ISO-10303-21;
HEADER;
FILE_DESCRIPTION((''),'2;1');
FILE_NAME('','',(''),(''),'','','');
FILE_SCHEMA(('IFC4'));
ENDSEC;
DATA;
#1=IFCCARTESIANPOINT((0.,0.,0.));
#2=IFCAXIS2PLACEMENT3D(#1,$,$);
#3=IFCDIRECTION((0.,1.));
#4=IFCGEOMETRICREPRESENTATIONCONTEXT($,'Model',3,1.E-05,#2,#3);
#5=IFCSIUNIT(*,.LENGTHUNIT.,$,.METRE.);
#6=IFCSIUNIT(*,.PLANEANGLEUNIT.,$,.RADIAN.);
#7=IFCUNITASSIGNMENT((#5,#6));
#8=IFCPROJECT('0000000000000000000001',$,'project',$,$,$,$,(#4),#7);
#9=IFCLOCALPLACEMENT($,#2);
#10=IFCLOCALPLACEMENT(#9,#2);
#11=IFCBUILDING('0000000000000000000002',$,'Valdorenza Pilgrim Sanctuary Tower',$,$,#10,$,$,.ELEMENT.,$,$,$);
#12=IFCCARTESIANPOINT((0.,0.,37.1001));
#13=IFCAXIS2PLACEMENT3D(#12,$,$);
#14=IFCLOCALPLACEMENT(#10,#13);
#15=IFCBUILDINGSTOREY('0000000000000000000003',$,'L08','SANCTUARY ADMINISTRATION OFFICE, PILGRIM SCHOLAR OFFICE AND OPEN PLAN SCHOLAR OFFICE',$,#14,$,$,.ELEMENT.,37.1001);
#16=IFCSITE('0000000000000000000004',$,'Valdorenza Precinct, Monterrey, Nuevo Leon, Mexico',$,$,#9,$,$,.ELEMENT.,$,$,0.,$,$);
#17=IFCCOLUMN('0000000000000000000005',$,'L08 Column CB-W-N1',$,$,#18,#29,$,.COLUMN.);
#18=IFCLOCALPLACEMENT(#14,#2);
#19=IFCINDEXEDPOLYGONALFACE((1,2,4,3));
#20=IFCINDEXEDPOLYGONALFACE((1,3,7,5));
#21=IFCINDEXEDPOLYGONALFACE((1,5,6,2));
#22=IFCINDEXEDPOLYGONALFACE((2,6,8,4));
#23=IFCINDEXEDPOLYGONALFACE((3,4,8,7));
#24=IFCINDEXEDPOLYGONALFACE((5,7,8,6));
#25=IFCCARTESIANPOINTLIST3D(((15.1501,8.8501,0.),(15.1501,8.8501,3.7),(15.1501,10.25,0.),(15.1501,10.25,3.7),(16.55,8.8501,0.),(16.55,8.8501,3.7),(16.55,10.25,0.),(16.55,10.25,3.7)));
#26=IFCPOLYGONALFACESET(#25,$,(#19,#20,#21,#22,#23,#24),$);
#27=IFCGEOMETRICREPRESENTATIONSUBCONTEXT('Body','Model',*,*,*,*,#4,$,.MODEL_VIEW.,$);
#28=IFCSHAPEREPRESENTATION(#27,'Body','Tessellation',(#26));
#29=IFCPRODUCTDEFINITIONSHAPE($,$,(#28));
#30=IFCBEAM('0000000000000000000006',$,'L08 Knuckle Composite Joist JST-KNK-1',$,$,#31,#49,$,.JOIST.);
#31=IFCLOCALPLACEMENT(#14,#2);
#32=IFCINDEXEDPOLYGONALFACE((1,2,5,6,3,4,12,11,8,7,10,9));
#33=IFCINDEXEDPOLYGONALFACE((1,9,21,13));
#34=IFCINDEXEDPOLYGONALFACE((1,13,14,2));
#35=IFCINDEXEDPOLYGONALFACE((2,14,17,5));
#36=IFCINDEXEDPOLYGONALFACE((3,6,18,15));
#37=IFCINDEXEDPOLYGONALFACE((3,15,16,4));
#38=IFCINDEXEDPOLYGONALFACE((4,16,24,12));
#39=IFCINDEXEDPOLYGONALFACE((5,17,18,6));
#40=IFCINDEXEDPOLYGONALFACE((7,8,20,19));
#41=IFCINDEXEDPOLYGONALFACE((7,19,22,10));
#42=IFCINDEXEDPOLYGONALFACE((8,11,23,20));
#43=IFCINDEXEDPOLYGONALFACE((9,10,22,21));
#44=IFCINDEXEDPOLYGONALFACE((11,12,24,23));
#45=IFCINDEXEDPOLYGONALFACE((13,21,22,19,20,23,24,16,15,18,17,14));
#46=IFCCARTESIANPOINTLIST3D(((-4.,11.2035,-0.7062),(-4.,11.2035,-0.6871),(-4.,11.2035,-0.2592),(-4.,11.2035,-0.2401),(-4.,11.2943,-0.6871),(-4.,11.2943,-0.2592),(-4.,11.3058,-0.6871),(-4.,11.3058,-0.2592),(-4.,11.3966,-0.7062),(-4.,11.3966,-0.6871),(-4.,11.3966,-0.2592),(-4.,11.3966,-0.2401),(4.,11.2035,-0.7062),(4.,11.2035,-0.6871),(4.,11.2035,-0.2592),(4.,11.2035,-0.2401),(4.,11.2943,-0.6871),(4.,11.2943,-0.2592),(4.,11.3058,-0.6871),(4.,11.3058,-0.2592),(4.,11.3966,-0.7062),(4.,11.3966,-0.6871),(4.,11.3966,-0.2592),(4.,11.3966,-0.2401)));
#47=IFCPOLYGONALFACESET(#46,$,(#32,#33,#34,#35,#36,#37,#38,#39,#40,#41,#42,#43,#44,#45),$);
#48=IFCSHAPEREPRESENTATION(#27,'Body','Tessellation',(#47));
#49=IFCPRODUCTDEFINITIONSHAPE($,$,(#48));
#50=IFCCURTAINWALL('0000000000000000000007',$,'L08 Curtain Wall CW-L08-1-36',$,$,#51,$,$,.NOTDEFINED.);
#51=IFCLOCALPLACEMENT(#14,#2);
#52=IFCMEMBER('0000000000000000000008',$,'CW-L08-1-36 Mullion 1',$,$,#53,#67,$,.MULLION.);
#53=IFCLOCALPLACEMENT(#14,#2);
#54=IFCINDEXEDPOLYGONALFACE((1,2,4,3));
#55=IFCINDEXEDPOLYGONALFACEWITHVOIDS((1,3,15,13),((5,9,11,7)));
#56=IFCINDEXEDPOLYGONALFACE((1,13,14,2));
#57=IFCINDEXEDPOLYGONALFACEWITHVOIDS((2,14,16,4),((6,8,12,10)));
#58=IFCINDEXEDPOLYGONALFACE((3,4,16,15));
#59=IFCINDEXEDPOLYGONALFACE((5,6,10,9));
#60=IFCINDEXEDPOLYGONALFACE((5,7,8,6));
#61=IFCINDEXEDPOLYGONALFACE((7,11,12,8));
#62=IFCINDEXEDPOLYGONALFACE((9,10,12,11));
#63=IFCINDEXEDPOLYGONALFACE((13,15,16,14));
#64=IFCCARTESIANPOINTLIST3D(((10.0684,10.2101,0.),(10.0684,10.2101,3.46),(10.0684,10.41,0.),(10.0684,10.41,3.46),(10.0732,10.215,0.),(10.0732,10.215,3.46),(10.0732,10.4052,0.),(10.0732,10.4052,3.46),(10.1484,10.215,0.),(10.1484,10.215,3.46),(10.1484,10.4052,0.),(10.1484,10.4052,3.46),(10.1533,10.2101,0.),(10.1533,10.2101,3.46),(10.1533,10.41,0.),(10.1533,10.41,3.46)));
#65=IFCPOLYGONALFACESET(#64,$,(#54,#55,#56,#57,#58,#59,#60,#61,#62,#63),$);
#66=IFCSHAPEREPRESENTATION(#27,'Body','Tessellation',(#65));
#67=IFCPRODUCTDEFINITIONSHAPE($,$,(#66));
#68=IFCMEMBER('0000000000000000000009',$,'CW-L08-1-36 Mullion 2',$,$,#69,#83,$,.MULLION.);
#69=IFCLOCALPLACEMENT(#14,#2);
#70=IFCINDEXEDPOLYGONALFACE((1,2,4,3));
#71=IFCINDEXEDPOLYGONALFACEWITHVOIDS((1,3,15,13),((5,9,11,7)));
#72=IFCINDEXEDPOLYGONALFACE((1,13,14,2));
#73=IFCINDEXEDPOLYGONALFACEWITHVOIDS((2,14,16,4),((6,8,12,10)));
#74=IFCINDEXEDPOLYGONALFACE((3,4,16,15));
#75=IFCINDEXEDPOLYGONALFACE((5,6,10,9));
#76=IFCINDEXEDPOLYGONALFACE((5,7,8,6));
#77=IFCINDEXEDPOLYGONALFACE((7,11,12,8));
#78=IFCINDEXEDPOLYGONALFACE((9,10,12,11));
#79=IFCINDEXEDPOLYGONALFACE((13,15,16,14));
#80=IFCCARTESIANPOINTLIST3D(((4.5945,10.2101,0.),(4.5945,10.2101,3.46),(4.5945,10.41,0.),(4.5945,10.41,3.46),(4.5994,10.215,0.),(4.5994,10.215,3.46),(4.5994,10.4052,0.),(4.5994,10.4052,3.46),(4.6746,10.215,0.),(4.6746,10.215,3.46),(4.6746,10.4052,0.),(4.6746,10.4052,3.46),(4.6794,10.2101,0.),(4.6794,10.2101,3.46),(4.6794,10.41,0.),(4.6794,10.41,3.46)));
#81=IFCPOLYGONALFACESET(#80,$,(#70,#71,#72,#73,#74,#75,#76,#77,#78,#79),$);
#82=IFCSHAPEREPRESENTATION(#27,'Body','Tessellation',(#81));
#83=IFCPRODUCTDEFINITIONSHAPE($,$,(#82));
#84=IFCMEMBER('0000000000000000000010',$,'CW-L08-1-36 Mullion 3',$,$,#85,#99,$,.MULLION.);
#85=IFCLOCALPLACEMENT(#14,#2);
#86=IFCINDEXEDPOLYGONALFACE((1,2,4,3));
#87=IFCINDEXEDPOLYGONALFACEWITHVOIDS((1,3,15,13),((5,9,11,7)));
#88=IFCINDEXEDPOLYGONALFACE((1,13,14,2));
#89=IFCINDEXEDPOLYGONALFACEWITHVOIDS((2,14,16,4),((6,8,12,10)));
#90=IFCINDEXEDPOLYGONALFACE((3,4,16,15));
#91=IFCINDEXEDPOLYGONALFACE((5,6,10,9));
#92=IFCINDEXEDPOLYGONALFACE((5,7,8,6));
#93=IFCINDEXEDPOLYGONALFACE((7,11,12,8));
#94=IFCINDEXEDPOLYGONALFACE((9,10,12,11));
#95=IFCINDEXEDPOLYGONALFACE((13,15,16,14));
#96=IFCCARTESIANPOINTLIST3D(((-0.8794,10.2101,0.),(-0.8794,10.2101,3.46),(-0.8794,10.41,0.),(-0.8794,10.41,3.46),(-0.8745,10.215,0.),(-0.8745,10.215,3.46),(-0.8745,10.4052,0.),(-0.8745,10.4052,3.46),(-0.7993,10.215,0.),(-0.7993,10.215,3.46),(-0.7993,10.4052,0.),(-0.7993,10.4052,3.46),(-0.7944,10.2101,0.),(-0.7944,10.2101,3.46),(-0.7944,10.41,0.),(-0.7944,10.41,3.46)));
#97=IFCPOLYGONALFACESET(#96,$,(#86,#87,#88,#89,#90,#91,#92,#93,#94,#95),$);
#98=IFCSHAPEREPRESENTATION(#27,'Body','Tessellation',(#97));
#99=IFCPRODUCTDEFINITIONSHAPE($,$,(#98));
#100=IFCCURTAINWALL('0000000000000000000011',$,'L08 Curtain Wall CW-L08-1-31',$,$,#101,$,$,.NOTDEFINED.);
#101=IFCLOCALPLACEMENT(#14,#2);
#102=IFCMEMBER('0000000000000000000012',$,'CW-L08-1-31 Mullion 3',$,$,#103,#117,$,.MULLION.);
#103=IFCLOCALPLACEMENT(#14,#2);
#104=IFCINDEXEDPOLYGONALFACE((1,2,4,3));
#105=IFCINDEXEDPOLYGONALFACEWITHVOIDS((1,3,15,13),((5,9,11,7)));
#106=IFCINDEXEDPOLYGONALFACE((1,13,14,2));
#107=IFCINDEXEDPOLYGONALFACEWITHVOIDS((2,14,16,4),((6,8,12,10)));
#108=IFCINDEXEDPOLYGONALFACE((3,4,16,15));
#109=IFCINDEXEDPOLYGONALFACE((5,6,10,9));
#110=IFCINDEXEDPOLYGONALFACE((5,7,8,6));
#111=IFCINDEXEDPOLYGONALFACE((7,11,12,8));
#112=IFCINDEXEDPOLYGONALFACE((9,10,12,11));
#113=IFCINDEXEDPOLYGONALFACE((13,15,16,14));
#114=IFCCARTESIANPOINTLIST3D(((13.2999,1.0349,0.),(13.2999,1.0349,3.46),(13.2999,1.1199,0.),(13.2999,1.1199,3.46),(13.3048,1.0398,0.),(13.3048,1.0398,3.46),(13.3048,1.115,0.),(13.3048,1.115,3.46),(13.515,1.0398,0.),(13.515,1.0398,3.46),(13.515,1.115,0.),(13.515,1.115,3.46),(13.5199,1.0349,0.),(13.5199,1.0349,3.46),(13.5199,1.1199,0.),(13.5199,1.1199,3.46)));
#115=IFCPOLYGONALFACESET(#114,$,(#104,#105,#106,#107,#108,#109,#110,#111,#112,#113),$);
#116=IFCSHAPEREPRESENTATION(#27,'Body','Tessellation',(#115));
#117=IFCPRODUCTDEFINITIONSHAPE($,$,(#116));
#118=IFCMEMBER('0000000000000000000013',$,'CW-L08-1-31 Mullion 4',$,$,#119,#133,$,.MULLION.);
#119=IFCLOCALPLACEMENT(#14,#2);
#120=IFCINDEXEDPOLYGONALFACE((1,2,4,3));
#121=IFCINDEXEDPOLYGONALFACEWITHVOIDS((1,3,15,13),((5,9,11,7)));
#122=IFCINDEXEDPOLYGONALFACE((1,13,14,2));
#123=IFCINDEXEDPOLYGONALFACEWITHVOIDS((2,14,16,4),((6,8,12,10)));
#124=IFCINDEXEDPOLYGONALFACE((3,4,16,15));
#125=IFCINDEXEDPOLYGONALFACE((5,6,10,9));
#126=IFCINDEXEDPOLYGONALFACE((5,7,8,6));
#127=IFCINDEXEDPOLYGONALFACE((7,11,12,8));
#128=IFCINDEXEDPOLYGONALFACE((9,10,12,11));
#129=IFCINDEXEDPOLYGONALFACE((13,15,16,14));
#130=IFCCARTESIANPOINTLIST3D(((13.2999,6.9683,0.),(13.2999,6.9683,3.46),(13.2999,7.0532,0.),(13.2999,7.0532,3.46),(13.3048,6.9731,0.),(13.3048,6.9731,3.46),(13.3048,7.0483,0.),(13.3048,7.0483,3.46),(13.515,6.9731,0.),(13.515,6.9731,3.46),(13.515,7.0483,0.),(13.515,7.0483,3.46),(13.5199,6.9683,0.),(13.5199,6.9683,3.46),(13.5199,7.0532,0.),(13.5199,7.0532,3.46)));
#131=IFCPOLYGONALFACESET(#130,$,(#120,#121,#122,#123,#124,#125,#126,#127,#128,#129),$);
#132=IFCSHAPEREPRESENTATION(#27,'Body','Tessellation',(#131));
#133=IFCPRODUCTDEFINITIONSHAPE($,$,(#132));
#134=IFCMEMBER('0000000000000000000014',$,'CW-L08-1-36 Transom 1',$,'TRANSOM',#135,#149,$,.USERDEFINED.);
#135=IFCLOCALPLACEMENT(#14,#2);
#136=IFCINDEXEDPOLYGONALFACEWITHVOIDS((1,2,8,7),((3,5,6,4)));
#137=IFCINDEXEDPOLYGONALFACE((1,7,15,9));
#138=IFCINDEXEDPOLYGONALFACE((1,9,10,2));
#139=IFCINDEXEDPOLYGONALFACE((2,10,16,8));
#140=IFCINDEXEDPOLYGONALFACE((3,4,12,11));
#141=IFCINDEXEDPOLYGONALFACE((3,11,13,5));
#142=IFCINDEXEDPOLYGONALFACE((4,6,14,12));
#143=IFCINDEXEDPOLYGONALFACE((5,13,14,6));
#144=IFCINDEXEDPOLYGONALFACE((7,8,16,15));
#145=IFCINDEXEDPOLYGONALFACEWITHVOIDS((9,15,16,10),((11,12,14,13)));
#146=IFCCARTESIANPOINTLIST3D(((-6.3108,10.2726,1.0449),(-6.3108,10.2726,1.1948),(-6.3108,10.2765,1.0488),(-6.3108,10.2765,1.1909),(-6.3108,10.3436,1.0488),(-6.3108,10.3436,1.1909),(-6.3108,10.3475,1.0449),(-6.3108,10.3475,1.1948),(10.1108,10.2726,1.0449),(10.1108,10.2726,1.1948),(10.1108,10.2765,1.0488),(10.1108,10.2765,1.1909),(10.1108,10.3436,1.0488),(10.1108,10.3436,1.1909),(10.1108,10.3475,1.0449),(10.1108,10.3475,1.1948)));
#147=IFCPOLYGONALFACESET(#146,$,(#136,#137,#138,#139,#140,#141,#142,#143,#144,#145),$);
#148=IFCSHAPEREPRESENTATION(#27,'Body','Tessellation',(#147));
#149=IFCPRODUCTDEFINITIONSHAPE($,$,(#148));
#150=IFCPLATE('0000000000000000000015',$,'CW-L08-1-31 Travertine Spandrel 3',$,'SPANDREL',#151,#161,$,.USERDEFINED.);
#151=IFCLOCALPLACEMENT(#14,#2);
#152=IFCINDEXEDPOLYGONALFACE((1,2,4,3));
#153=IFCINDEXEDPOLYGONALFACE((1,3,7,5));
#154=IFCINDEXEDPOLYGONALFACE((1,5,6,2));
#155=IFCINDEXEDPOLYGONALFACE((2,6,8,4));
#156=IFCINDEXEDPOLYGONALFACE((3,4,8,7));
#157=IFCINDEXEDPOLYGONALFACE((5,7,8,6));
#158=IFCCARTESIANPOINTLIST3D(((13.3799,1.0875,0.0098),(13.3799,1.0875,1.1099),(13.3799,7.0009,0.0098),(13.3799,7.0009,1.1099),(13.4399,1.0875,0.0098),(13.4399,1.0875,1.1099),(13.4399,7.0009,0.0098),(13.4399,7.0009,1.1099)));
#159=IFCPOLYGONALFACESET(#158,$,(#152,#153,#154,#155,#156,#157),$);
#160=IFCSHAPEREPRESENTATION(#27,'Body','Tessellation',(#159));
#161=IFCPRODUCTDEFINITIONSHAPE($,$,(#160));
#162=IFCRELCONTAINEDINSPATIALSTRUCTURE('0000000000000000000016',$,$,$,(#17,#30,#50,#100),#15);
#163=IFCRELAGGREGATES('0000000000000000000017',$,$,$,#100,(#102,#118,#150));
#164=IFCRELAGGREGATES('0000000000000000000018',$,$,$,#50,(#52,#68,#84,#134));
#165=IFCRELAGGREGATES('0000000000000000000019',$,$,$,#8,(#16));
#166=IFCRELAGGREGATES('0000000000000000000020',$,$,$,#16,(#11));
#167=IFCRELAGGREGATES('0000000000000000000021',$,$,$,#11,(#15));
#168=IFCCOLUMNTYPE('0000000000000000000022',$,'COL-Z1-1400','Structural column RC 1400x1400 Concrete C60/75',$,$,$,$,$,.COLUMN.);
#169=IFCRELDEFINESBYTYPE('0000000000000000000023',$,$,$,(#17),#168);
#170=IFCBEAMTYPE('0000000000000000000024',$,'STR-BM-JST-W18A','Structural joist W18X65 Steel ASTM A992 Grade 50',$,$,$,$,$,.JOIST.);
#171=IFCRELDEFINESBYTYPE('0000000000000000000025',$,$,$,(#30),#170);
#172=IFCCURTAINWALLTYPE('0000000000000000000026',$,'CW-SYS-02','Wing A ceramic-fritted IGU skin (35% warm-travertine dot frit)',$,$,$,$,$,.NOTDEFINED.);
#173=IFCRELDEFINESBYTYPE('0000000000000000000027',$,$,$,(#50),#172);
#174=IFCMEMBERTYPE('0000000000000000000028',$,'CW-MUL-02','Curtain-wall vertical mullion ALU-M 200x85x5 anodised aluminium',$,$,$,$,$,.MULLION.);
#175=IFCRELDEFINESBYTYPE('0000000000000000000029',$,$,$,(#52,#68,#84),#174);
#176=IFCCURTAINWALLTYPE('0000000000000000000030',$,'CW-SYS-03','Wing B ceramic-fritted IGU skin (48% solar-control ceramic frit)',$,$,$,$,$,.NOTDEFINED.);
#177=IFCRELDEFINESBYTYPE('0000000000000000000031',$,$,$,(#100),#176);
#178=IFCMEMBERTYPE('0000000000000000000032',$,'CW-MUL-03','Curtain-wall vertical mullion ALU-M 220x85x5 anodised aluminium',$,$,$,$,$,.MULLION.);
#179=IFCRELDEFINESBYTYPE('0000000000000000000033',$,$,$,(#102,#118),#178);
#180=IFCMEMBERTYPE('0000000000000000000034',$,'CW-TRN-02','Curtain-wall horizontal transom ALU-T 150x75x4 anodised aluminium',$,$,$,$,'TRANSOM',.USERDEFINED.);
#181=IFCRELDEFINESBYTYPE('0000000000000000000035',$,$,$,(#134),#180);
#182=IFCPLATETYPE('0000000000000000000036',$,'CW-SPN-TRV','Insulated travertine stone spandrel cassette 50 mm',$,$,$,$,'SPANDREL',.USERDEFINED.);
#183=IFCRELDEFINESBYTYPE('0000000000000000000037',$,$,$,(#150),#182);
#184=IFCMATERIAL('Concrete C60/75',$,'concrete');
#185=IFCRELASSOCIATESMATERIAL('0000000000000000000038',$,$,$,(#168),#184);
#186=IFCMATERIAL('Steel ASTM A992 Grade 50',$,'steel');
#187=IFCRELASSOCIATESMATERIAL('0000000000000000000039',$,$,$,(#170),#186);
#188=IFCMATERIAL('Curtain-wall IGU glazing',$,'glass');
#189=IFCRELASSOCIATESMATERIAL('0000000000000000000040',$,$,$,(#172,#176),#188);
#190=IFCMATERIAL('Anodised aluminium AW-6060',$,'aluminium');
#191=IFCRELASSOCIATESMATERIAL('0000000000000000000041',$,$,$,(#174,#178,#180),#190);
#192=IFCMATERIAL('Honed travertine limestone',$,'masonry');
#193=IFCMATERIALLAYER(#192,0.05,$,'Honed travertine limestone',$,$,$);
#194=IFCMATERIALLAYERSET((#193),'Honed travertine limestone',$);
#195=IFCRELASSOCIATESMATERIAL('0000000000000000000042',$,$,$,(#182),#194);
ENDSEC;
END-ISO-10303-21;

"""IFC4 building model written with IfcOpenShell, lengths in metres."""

from ifc_helpers import new_model, si_unit, direction, frame, origin, origin_2d, place, context, subcontext, project, spatial, rectangle, hollow_rectangle, i_section, extrude, source, transform, mapped, material, layer, layer_set, material_profile, profile_set, type_object, element, aggregate, save


model = new_model("IFC4")

# Units and contexts
model_context = context("Model", 3, precision=1e-05, world=origin(), true_north=direction((0.0, 1.0)))
body_context = subcontext(model_context, "Body", "Model", "MODEL_VIEW")
ifc_project = project(units=[si_unit("LENGTHUNIT", "METRE"), si_unit("PLANEANGLEUNIT", "RADIAN")], contexts=[model_context])

# Site, building, storey
site_placement = place(None, origin())
site = spatial("IfcSite", under=ifc_project, at=site_placement, Name="Valdorenza Precinct, Monterrey, Nuevo Leon, Mexico", CompositionType="ELEMENT", RefElevation=0.0)
building_placement = place(site_placement, origin())
building = spatial("IfcBuilding", under=site, at=building_placement, Name="Valdorenza Pilgrim Sanctuary Tower", CompositionType="ELEMENT")
storey_placement = place(building_placement, frame((0.0, 0.0, 37.1001)))
storey = spatial("IfcBuildingStorey", under=building, at=storey_placement, Name="L08", Description="SANCTUARY ADMINISTRATION OFFICE, PILGRIM SCHOLAR OFFICE AND OPEN PLAN SCHOLAR OFFICE", CompositionType="ELEMENT", Elevation=37.1001)

# Column
ifc_material_1 = material(Name="Concrete C60/75", Category="concrete")
ifc_material_profile_1 = material_profile(ifc_material_1, rectangle(XDim=1.3999, YDim=1.3999, at=origin_2d()), Name="RC 1400x1400")
ifc_profile_set_1 = profile_set([ifc_material_profile_1], Name="Concrete C60/75")
column_type = type_object("IfcColumnType", Name="COL-Z1-1400", Description="Structural column RC 1400x1400 Concrete C60/75", PredefinedType="COLUMN", material=ifc_profile_set_1)
shared_shape_1 = source(origin(), body_context, "Body", "SweptSolid", [
    extrude(rectangle(XDim=1.3999, YDim=1.3999, at=origin_2d()), origin(), (0.0, 0.0, 1.0), 3.7),
])
column_placement = place(storey_placement, frame((15.8501, 9.55, 0.0), z_axis=(0.0, 0.0, 1.0), x_axis=(1.0, 0.0, 0.0)))
element("IfcColumn", 1, at=column_placement, inside=storey, type_object=column_type, Name="L08 Column CB-W-N1", PredefinedType="COLUMN", context=body_context, shape_type="MappedRepresentation", body=[
    mapped(shared_shape_1, transform((0.0, 0.0, 0.0), x_axis=(1.0, 0.0, 0.0), y_axis=(0.0, 1.0, 0.0), z_axis=(0.0, 0.0, 1.0), scale=1.0)),
])

# Beam
ifc_material_2 = material(Name="Steel ASTM A992 Grade 50", Category="steel")
ifc_material_profile_2 = material_profile(ifc_material_2, i_section(OverallWidth=0.1931, OverallDepth=0.4661, WebThickness=0.0115, FlangeThickness=0.019, at=origin_2d()), Name="W18X65")
ifc_profile_set_2 = profile_set([ifc_material_profile_2], Name="Steel ASTM A992 Grade 50")
beam_type = type_object("IfcBeamType", Name="STR-BM-JST-W18A", Description="Structural joist W18X65 Steel ASTM A992 Grade 50", PredefinedType="JOIST", material=ifc_profile_set_2)
shared_shape_2 = source(origin(), body_context, "Body", "SweptSolid", [
    extrude(i_section(OverallWidth=0.1931, OverallDepth=0.4661, WebThickness=0.0115, FlangeThickness=0.019, at=origin_2d()), origin(), (0.0, 0.0, 1.0), 8.0),
])
beam_placement = place(storey_placement, frame((-4.0, 11.3, -0.4731), z_axis=(1.0, 0.0, 0.0), x_axis=(0.0, 1.0, 0.0)))
element("IfcBeam", 2, at=beam_placement, inside=storey, type_object=beam_type, Name="L08 Knuckle Composite Joist JST-KNK-1", PredefinedType="JOIST", context=body_context, shape_type="MappedRepresentation", body=[
    mapped(shared_shape_2, transform((0.0, 0.0, 0.0), x_axis=(1.0, 0.0, 0.0), y_axis=(0.0, 1.0, 0.0), z_axis=(0.0, 0.0, 1.0), scale=1.0)),
])

# Curtain walls, members
ifc_material_3 = material(Name="Curtain-wall IGU glazing", Category="glass")
curtain_wall_type_1 = type_object("IfcCurtainWallType", Name="CW-SYS-02", Description="Wing A ceramic-fritted IGU skin (35% warm-travertine dot frit)", PredefinedType="NOTDEFINED", material=ifc_material_3)
curtain_wall_1_placement = place(storey_placement, origin())
curtain_wall_1 = element("IfcCurtainWall", 3, at=curtain_wall_1_placement, inside=storey, type_object=curtain_wall_type_1, Name="L08 Curtain Wall CW-L08-1-36", PredefinedType="NOTDEFINED")
ifc_material_4 = material(Name="Anodised aluminium AW-6060", Category="aluminium")
ifc_material_profile_3 = material_profile(ifc_material_4, hollow_rectangle(XDim=0.085, YDim=0.2, WallThickness=0.0049, at=origin_2d()), Name="ALU-M 200x85x5")
ifc_profile_set_3 = profile_set([ifc_material_profile_3], Name="Anodised aluminium AW-6060")
member_type_1 = type_object("IfcMemberType", Name="CW-MUL-02", Description="Curtain-wall vertical mullion ALU-M 200x85x5 anodised aluminium", PredefinedType="MULLION", material=ifc_profile_set_3)
shared_shape_3 = source(origin(), body_context, "Body", "SweptSolid", [
    extrude(hollow_rectangle(XDim=0.085, YDim=0.2, WallThickness=0.0049, at=origin_2d()), origin(), (0.0, 0.0, 1.0), 3.46),
])
member_1_placement = place(storey_placement, frame((10.1108, 10.3101, 0.0), z_axis=(0.0, 0.0, 1.0), x_axis=(-1.0, 0.0, 0.0)))
member_1 = element("IfcMember", 4, at=member_1_placement, type_object=member_type_1, Name="CW-L08-1-36 Mullion 1", PredefinedType="MULLION", context=body_context, shape_type="MappedRepresentation", body=[
    mapped(shared_shape_3, transform((0.0, 0.0, 0.0), x_axis=(1.0, 0.0, 0.0), y_axis=(0.0, 1.0, 0.0), z_axis=(0.0, 0.0, 1.0), scale=1.0)),
])
member_2_placement = place(storey_placement, frame((4.637, 10.3101, 0.0), z_axis=(0.0, 0.0, 1.0), x_axis=(-1.0, 0.0, 0.0)))
member_2 = element("IfcMember", 5, at=member_2_placement, type_object=member_type_1, Name="CW-L08-1-36 Mullion 2", PredefinedType="MULLION", context=body_context, shape_type="MappedRepresentation", body=[
    mapped(shared_shape_3, transform((0.0, 0.0, 0.0), x_axis=(1.0, 0.0, 0.0), y_axis=(0.0, 1.0, 0.0), z_axis=(0.0, 0.0, 1.0), scale=1.0)),
])
member_3_placement = place(storey_placement, frame((-0.8369, 10.3101, 0.0), z_axis=(0.0, 0.0, 1.0), x_axis=(-1.0, 0.0, 0.0)))
member_3 = element("IfcMember", 6, at=member_3_placement, type_object=member_type_1, Name="CW-L08-1-36 Mullion 3", PredefinedType="MULLION", context=body_context, shape_type="MappedRepresentation", body=[
    mapped(shared_shape_3, transform((0.0, 0.0, 0.0), x_axis=(1.0, 0.0, 0.0), y_axis=(0.0, 1.0, 0.0), z_axis=(0.0, 0.0, 1.0), scale=1.0)),
])
curtain_wall_type_2 = type_object("IfcCurtainWallType", Name="CW-SYS-03", Description="Wing B ceramic-fritted IGU skin (48% solar-control ceramic frit)", PredefinedType="NOTDEFINED", material=ifc_material_3)
curtain_wall_2_placement = place(storey_placement, origin())
curtain_wall_2 = element("IfcCurtainWall", 7, at=curtain_wall_2_placement, inside=storey, type_object=curtain_wall_type_2, Name="L08 Curtain Wall CW-L08-1-31", PredefinedType="NOTDEFINED")
ifc_material_profile_4 = material_profile(ifc_material_4, hollow_rectangle(XDim=0.085, YDim=0.22, WallThickness=0.0049, at=origin_2d()), Name="ALU-M 220x85x5")
ifc_profile_set_4 = profile_set([ifc_material_profile_4], Name="Anodised aluminium AW-6060")
member_type_2 = type_object("IfcMemberType", Name="CW-MUL-03", Description="Curtain-wall vertical mullion ALU-M 220x85x5 anodised aluminium", PredefinedType="MULLION", material=ifc_profile_set_4)
shared_shape_4 = source(origin(), body_context, "Body", "SweptSolid", [
    extrude(hollow_rectangle(XDim=0.085, YDim=0.22, WallThickness=0.0049, at=origin_2d()), origin(), (0.0, 0.0, 1.0), 3.46),
])
member_4_placement = place(storey_placement, frame((13.4099, 1.0774, 0.0), z_axis=(0.0, 0.0, 1.0), x_axis=(0.0, 1.0, 0.0)))
member_4 = element("IfcMember", 8, at=member_4_placement, type_object=member_type_2, Name="CW-L08-1-31 Mullion 3", PredefinedType="MULLION", context=body_context, shape_type="MappedRepresentation", body=[
    mapped(shared_shape_4, transform((0.0, 0.0, 0.0), x_axis=(1.0, 0.0, 0.0), y_axis=(0.0, 1.0, 0.0), z_axis=(0.0, 0.0, 1.0), scale=1.0)),
])
member_5_placement = place(storey_placement, frame((13.4099, 7.0107, 0.0), z_axis=(0.0, 0.0, 1.0), x_axis=(0.0, 1.0, 0.0)))
member_5 = element("IfcMember", 9, at=member_5_placement, type_object=member_type_2, Name="CW-L08-1-31 Mullion 4", PredefinedType="MULLION", context=body_context, shape_type="MappedRepresentation", body=[
    mapped(shared_shape_4, transform((0.0, 0.0, 0.0), x_axis=(1.0, 0.0, 0.0), y_axis=(0.0, 1.0, 0.0), z_axis=(0.0, 0.0, 1.0), scale=1.0)),
])

# Member
ifc_material_profile_5 = material_profile(ifc_material_4, hollow_rectangle(XDim=0.075, YDim=0.1499, WallThickness=0.0039, at=origin_2d()), Name="ALU-T 150x75x4")
ifc_profile_set_5 = profile_set([ifc_material_profile_5], Name="Anodised aluminium AW-6060")
member_type_3 = type_object("IfcMemberType", Name="CW-TRN-02", Description="Curtain-wall horizontal transom ALU-T 150x75x4 anodised aluminium", ElementType="TRANSOM", PredefinedType="USERDEFINED", material=ifc_profile_set_5)
shared_shape_5 = source(origin(), body_context, "Body", "SweptSolid", [
    extrude(hollow_rectangle(XDim=0.075, YDim=0.1499, WallThickness=0.0039, at=origin_2d()), origin(), (0.0, 0.0, 1.0), 16.4216),
])
member_6_placement = place(storey_placement, frame((10.1108, 10.3101, 1.1199), z_axis=(-1.0, 0.0, 0.0), x_axis=(0.0, -1.0, 0.0)))
member_6 = element("IfcMember", 10, at=member_6_placement, type_object=member_type_3, Name="CW-L08-1-36 Transom 1", ObjectType="TRANSOM", PredefinedType="USERDEFINED", context=body_context, shape_type="MappedRepresentation", body=[
    mapped(shared_shape_5, transform((0.0, 0.0, 0.0), x_axis=(1.0, 0.0, 0.0), y_axis=(0.0, 1.0, 0.0), z_axis=(0.0, 0.0, 1.0), scale=1.0)),
])

# Plate
ifc_material_5 = material(Name="Honed travertine limestone", Category="masonry")
ifc_layer_1 = layer(ifc_material_5, 0.05, Name="Honed travertine limestone")
ifc_layer_set_1 = layer_set([ifc_layer_1], Name="Honed travertine limestone")
plate_type_1 = type_object("IfcPlateType", Name="CW-SPN-TRV", Description="Insulated travertine stone spandrel cassette 50 mm", ElementType="SPANDREL", PredefinedType="USERDEFINED", material=ifc_layer_set_1)
shared_shape_6 = source(origin(), body_context, "Body", "SweptSolid", [
    extrude(rectangle(XDim=5.9133, YDim=0.0601, at=origin_2d()), origin(), (0.0, 0.0, 1.0), 1.1001),
])
plate_1_placement = place(storey_placement, frame((13.4099, 4.0442, 0.0098), z_axis=(0.0, 0.0, 1.0), x_axis=(0.0, 1.0, 0.0)))
plate_1 = element("IfcPlate", 11, at=plate_1_placement, type_object=plate_type_1, Name="CW-L08-1-31 Travertine Spandrel 3", ObjectType="SPANDREL", PredefinedType="USERDEFINED", context=body_context, shape_type="MappedRepresentation", body=[
    mapped(shared_shape_6, transform((0.0, 0.0, 0.0), x_axis=(1.0, 0.0, 0.0), y_axis=(0.0, 1.0, 0.0), z_axis=(0.0, 0.0, 1.0), scale=1.0)),
])
aggregate(curtain_wall_2, [member_4, member_5, plate_1])
aggregate(curtain_wall_1, [member_1, member_2, member_3, member_6])

save(model, "model.ifc")
